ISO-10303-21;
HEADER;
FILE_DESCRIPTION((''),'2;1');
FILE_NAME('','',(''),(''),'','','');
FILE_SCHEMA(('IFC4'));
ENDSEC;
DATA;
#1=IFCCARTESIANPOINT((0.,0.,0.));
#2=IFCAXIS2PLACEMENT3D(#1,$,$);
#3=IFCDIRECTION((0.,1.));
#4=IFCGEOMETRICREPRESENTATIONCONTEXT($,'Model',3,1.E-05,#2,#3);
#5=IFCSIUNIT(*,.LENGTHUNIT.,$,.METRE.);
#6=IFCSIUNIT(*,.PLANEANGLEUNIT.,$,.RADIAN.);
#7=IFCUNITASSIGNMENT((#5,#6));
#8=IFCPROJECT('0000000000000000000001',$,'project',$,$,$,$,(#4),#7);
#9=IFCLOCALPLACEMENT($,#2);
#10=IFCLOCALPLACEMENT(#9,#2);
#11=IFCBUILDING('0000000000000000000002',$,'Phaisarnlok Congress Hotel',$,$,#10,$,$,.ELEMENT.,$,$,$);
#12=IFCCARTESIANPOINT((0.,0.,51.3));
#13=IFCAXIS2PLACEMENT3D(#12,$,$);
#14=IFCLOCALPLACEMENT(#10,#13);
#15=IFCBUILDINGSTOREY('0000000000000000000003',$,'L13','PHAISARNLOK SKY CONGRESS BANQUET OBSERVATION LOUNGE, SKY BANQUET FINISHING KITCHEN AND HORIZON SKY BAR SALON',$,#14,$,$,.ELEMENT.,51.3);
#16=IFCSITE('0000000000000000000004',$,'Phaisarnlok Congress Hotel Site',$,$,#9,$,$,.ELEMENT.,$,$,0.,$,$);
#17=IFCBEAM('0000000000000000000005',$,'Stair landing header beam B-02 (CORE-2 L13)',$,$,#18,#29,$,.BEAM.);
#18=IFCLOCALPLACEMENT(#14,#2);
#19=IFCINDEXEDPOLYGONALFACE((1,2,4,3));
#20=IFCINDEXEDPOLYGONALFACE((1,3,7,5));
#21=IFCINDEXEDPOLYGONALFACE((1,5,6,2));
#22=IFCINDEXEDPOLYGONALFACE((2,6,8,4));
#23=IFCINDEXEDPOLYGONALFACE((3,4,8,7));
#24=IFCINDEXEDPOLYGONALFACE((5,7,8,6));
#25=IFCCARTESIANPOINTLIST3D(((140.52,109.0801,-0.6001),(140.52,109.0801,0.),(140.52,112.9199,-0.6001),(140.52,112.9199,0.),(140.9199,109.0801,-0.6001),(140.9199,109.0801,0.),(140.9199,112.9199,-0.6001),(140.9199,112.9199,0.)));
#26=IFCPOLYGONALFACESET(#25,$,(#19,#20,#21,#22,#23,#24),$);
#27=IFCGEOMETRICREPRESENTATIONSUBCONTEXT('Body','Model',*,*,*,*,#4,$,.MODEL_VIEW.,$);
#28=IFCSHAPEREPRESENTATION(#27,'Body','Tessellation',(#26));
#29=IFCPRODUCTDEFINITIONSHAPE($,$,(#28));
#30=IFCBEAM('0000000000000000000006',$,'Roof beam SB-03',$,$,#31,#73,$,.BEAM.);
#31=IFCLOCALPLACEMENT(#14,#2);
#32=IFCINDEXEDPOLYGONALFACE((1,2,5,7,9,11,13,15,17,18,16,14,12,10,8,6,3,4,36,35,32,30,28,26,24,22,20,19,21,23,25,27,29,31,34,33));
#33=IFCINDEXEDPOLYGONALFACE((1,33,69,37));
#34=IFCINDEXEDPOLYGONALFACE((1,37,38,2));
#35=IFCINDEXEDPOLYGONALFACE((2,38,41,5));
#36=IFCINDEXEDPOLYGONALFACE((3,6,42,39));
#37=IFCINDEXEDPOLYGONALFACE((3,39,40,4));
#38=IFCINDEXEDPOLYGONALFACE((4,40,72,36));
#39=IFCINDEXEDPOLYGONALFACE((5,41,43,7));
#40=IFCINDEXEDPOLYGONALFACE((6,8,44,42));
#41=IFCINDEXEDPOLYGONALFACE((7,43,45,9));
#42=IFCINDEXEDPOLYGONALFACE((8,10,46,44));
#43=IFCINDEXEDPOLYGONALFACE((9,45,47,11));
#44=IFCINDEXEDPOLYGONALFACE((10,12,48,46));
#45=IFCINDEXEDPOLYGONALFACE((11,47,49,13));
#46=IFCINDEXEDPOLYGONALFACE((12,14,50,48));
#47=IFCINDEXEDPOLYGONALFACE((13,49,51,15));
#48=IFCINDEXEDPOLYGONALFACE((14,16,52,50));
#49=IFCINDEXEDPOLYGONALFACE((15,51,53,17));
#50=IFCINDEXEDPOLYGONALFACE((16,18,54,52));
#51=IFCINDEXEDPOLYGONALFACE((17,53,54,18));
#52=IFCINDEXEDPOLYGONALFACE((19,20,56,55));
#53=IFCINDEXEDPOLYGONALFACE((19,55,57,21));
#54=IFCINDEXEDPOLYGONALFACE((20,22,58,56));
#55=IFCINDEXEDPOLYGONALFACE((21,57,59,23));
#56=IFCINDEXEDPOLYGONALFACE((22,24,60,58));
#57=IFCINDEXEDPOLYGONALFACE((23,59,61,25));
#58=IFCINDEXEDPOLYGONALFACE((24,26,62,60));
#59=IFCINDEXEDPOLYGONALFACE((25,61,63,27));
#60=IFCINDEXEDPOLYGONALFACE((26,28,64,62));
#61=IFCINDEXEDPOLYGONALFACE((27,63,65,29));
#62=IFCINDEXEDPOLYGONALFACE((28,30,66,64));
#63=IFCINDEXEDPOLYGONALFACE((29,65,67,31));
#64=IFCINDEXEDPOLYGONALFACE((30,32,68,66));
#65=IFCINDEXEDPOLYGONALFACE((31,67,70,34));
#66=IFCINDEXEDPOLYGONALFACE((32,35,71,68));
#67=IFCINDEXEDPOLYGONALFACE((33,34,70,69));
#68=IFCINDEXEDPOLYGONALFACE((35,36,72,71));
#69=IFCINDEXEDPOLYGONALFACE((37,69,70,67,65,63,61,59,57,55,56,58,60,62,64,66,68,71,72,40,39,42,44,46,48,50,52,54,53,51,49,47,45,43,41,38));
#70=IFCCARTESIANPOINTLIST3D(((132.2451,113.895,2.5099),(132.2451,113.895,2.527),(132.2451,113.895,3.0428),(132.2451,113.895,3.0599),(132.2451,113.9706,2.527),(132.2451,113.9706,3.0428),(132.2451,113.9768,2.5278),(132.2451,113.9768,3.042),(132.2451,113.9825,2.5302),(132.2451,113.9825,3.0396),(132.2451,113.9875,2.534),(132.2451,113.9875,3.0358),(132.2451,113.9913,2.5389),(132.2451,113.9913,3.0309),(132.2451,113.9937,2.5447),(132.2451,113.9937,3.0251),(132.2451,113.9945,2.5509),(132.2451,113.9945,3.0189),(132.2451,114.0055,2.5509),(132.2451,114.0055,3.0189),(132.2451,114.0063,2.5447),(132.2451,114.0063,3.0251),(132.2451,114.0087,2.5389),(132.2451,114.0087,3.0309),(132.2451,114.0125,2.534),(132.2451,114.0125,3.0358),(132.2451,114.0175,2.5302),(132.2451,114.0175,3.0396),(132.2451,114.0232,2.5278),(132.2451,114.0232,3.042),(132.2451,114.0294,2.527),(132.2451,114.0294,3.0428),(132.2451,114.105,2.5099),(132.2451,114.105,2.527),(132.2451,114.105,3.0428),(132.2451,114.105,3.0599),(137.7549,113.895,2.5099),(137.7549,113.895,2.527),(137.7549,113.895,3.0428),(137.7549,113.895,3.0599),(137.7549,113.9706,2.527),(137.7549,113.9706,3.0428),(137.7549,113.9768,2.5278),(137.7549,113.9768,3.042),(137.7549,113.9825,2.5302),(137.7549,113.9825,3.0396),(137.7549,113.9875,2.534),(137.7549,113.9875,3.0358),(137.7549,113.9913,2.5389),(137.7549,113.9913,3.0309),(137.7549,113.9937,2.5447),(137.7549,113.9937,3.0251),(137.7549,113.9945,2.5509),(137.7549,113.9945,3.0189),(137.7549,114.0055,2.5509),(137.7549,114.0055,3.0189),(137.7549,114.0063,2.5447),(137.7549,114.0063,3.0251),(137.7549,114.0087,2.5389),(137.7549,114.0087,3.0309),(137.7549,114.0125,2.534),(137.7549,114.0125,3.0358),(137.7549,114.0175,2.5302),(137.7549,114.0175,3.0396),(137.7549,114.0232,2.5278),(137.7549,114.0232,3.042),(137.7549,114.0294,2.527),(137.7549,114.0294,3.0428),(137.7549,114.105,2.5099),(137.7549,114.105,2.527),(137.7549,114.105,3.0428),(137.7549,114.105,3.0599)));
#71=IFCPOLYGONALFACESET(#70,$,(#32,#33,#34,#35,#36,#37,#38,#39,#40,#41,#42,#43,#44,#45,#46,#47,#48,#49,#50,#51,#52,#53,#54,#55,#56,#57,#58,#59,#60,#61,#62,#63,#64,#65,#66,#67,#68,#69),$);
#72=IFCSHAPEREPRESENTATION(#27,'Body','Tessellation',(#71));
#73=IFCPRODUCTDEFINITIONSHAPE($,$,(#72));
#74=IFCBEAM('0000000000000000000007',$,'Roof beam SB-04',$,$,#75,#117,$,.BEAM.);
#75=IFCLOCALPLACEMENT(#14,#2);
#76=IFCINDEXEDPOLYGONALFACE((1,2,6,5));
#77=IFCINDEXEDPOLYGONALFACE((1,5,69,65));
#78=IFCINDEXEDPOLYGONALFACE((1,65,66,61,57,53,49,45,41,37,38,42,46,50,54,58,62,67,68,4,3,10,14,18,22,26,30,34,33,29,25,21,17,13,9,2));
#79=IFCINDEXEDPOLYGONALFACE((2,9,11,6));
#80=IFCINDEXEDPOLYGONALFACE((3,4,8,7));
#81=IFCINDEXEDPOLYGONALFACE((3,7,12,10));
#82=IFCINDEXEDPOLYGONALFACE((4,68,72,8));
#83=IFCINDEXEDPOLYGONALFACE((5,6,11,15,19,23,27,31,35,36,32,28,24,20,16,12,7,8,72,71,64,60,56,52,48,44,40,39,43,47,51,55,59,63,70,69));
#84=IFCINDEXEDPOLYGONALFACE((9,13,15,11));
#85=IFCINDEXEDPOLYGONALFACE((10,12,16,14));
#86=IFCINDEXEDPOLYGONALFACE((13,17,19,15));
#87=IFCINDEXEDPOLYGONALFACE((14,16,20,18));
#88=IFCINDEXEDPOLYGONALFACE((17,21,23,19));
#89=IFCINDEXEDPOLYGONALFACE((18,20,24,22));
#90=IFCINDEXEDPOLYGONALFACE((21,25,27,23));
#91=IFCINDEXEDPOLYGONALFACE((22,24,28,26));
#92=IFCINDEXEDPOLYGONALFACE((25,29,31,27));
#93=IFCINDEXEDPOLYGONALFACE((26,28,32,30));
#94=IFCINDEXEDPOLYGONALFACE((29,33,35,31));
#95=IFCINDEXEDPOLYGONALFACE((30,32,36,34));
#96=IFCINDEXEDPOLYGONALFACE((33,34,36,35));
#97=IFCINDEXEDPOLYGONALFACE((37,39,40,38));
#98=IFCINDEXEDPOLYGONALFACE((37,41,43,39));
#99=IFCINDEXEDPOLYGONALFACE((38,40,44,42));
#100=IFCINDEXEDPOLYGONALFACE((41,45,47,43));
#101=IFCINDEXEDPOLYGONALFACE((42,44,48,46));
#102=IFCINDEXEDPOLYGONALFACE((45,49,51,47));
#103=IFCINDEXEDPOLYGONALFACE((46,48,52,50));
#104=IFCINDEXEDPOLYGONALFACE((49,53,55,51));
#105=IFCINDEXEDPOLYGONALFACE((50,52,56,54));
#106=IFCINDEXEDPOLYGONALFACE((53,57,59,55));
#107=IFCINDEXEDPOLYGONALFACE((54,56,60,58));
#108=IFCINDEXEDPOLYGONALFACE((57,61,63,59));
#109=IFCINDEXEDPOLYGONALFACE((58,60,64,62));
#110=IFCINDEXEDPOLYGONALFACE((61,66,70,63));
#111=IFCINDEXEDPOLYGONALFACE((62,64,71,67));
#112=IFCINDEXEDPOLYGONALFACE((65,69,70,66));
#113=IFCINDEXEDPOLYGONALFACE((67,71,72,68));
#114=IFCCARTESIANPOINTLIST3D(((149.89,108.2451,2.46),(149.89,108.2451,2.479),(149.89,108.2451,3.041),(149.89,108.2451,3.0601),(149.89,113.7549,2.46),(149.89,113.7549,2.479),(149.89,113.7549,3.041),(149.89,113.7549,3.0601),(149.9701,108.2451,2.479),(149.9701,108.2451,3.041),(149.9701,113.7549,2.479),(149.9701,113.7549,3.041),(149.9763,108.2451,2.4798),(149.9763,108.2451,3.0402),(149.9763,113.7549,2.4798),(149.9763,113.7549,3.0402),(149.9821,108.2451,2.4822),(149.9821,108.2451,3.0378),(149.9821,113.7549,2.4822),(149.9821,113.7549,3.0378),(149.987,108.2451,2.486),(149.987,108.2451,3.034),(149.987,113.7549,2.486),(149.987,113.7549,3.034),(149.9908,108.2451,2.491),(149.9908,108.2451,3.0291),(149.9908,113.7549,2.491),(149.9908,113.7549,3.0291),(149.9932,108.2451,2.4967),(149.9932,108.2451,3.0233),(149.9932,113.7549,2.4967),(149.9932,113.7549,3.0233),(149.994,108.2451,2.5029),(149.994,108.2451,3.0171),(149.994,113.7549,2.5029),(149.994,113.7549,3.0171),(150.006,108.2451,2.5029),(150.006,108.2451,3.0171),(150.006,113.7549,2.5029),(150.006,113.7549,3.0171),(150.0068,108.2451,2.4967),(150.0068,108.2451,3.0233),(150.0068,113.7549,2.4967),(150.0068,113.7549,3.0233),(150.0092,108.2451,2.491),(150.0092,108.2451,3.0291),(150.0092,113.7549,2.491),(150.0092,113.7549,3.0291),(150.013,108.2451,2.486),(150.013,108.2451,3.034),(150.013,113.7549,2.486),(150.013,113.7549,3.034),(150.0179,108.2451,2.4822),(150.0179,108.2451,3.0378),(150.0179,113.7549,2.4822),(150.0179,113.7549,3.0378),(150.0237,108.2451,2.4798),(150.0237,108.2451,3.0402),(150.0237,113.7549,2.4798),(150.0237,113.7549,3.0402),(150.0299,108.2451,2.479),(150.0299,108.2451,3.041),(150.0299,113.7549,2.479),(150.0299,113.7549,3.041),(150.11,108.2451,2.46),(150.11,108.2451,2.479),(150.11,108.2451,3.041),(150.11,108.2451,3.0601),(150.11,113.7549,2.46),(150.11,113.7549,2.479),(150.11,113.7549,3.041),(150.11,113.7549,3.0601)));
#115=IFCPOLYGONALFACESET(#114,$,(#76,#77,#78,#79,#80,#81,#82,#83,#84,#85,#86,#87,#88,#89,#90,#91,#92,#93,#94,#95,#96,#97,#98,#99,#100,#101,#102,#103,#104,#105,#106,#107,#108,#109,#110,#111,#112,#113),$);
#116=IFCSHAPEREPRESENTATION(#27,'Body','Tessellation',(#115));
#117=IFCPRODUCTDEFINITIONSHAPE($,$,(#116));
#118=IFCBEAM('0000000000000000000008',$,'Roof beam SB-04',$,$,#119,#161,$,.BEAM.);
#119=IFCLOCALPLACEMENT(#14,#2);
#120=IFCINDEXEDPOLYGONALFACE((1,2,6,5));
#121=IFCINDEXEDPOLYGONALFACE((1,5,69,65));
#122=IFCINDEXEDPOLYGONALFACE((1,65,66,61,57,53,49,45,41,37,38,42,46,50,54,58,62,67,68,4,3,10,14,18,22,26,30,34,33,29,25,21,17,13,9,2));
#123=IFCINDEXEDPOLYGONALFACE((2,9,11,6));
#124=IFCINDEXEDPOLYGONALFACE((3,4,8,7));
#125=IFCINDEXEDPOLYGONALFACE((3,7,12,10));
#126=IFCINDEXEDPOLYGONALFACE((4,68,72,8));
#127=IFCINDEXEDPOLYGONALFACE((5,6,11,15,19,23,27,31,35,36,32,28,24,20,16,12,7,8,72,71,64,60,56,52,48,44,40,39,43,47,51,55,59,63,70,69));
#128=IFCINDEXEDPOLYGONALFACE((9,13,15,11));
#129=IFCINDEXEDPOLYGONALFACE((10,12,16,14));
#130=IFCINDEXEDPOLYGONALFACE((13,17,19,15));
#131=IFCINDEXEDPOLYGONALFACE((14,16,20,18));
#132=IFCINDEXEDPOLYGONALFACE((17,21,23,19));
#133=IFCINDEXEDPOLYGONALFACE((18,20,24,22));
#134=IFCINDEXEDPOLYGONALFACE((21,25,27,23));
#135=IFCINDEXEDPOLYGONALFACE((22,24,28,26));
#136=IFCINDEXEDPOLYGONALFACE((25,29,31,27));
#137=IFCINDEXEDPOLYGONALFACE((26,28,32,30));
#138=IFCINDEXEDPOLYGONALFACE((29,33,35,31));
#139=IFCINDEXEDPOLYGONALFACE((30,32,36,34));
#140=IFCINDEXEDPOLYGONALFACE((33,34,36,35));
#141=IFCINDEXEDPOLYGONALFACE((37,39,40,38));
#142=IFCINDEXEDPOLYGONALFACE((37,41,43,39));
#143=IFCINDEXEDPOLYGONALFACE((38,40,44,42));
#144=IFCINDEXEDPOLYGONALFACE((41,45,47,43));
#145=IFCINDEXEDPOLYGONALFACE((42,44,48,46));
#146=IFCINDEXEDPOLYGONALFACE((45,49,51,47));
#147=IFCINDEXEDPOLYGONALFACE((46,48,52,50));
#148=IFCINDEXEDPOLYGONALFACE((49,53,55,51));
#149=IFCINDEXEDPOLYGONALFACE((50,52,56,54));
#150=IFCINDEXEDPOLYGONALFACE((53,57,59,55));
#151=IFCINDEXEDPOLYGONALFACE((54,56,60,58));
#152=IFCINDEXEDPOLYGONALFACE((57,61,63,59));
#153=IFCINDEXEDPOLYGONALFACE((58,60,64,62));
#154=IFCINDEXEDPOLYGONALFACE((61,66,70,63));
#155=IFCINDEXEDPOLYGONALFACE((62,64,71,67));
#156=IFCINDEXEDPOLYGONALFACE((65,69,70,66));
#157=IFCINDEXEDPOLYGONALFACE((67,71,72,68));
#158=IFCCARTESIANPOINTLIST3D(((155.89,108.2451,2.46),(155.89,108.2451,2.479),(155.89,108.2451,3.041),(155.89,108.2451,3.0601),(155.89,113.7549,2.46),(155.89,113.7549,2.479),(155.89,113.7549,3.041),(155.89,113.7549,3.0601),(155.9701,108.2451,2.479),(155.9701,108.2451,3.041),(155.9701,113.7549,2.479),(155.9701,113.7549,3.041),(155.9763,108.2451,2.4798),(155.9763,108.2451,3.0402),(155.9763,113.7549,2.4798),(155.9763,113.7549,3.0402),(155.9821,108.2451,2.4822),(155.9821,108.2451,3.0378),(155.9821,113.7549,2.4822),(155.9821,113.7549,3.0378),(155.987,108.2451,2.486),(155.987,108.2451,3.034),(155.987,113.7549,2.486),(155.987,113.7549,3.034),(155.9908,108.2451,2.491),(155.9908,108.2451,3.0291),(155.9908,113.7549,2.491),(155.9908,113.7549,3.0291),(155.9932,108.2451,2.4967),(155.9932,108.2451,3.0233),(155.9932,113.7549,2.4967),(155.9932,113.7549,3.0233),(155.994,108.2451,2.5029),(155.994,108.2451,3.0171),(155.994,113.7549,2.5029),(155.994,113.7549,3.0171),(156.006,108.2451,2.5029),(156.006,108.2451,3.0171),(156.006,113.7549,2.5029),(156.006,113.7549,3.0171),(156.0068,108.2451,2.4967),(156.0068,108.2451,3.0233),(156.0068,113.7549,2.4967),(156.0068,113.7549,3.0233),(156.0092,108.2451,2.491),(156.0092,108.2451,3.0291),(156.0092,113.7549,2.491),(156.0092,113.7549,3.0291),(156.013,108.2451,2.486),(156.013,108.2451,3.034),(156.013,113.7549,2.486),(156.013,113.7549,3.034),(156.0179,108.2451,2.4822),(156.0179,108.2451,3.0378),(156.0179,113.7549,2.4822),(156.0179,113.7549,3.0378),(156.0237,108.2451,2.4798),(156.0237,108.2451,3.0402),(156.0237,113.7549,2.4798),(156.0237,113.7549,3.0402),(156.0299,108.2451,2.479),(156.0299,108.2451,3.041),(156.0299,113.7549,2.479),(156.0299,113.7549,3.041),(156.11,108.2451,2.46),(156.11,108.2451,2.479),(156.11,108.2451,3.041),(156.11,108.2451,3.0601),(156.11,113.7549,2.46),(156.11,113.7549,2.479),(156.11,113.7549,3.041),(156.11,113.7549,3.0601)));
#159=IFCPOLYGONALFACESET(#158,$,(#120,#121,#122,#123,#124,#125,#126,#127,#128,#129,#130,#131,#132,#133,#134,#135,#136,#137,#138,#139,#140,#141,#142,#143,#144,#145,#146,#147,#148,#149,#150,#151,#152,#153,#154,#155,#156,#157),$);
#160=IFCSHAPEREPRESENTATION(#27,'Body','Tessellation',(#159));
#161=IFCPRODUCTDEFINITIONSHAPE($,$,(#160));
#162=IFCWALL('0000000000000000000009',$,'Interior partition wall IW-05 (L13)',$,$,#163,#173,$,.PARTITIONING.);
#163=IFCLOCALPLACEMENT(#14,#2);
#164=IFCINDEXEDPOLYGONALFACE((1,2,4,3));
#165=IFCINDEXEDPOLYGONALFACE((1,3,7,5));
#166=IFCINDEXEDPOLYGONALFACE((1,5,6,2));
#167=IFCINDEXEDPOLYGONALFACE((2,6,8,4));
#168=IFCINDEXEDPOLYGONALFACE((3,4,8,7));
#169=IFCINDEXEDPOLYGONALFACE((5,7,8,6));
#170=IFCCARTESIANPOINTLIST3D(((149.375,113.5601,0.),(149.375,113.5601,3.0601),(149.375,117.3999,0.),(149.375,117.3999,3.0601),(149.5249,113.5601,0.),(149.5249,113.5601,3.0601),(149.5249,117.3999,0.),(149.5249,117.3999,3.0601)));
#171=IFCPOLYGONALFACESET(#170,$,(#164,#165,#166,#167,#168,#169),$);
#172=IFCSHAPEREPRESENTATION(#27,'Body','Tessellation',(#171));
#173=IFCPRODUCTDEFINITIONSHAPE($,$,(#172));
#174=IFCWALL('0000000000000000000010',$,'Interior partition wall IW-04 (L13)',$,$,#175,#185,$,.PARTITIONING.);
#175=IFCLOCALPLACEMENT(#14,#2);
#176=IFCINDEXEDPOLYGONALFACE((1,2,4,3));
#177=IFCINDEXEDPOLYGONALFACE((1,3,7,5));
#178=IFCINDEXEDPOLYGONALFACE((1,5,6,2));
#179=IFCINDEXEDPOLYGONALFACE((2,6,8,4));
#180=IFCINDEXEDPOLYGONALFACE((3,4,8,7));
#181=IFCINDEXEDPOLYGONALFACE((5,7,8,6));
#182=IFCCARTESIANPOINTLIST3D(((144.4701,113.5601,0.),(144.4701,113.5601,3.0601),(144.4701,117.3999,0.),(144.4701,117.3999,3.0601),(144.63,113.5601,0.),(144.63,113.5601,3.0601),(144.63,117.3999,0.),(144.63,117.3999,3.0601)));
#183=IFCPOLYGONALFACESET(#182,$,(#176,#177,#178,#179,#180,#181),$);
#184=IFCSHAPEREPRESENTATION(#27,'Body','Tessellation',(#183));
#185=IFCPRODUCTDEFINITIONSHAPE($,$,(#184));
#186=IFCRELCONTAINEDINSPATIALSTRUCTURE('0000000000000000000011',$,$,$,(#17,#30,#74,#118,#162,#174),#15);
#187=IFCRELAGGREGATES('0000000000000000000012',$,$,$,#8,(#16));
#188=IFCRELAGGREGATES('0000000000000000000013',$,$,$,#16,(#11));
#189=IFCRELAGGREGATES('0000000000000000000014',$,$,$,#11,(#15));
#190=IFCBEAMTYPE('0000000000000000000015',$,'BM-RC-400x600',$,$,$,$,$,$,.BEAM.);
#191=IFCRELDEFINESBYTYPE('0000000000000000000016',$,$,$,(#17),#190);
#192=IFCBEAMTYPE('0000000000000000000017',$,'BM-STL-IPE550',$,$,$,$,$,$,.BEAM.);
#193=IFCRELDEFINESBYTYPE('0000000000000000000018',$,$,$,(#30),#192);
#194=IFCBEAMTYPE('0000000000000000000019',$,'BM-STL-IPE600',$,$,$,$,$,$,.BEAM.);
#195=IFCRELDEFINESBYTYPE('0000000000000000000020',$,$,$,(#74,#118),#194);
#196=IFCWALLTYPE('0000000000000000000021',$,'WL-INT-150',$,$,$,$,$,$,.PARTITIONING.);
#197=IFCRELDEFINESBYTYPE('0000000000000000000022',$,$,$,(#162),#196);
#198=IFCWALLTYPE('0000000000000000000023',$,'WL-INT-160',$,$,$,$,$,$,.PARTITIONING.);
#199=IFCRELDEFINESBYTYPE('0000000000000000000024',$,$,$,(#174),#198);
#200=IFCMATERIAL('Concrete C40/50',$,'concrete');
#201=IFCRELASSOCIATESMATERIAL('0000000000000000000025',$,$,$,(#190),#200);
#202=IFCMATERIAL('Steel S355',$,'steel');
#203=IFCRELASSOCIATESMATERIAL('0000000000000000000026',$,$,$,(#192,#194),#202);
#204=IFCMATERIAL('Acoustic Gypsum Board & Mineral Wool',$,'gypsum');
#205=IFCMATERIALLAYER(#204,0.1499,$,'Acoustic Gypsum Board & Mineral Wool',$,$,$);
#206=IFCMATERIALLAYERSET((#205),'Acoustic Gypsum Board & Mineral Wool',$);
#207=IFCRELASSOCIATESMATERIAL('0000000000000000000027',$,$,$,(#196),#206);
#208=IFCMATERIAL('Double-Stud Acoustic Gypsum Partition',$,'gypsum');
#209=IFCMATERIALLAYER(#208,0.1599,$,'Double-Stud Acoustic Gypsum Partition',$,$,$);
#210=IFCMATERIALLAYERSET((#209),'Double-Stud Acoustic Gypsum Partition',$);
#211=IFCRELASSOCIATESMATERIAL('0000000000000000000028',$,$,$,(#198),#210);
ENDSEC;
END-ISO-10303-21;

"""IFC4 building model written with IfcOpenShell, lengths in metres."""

from ifc_helpers import new_model, si_unit, direction, frame, frame_2d, origin, origin_2d, place, context, subcontext, project, spatial, rectangle, i_section, extrude, material, layer, layer_set, material_profile, profile_set, type_object, element, save


model = new_model("IFC4")

# Units and contexts
model_context = context("Model", 3, precision=1e-05, world=origin(), true_north=direction((0.0, 1.0)))
body_context = subcontext(model_context, "Body", "Model", "MODEL_VIEW")
ifc_project = project(units=[si_unit("LENGTHUNIT", "METRE"), si_unit("PLANEANGLEUNIT", "RADIAN")], contexts=[model_context])

# Site, building, storey
site_placement = place(None, origin())
site = spatial("IfcSite", under=ifc_project, at=site_placement, Name="Phaisarnlok Congress Hotel Site", CompositionType="ELEMENT", RefElevation=0.0)
building_placement = place(site_placement, origin())
building = spatial("IfcBuilding", under=site, at=building_placement, Name="Phaisarnlok Congress Hotel", CompositionType="ELEMENT")
storey_placement = place(building_placement, frame((0.0, 0.0, 51.3)))
storey = spatial("IfcBuildingStorey", under=building, at=storey_placement, Name="L13", Description="PHAISARNLOK SKY CONGRESS BANQUET OBSERVATION LOUNGE, SKY BANQUET FINISHING KITCHEN AND HORIZON SKY BAR SALON", CompositionType="ELEMENT", Elevation=51.3)

# Beams
ifc_material_1 = material(Name="Concrete C40/50", Category="concrete")
ifc_material_profile_1 = material_profile(ifc_material_1, rectangle(XDim=0.3999, YDim=0.6001, at=origin_2d()), Name="RC 400x600")
ifc_profile_set_1 = profile_set([ifc_material_profile_1], Name="Concrete C40/50")
beam_type_1 = type_object("IfcBeamType", Name="BM-RC-400x600", PredefinedType="BEAM", material=ifc_profile_set_1)
beam_1_placement = place(storey_placement, frame((140.72, 109.0801, -0.3), z_axis=(0.0, 1.0, 0.0), x_axis=(-1.0, 0.0, 0.0)))
element("IfcBeam", 1, at=beam_1_placement, inside=storey, type_object=beam_type_1, Name="Stair landing header beam B-02 (CORE-2 L13)", PredefinedType="BEAM", context=body_context, shape_type="SweptSolid", body=[
    extrude(rectangle(XDim=0.3999, YDim=0.6001, at=origin_2d()), origin(), (0.0, 0.0, 1.0), 3.8398),
])
ifc_material_2 = material(Name="Steel S355", Category="steel")
ifc_material_profile_2 = material_profile(ifc_material_2, i_section(OverallWidth=0.21, OverallDepth=0.55, WebThickness=0.011, FlangeThickness=0.0171, FilletRadius=0.0239, at=origin_2d()), Name="IPE 550")
ifc_profile_set_2 = profile_set([ifc_material_profile_2], Name="Steel S355")
beam_type_2 = type_object("IfcBeamType", Name="BM-STL-IPE550", PredefinedType="BEAM", material=ifc_profile_set_2)
beam_2_placement = place(storey_placement, frame((132.2451, 114.0, 2.7849), z_axis=(1.0, 0.0, 0.0), x_axis=(0.0, 1.0, 0.0)))
element("IfcBeam", 2, at=beam_2_placement, inside=storey, type_object=beam_type_2, Name="Roof beam SB-03", PredefinedType="BEAM", context=body_context, shape_type="SweptSolid", body=[
    extrude(i_section(OverallWidth=0.21, OverallDepth=0.55, WebThickness=0.011, FlangeThickness=0.0171, FilletRadius=0.0239, at=origin_2d()), origin(), (0.0, 0.0, 1.0), 5.5098),
])
ifc_material_profile_3 = material_profile(ifc_material_2, i_section(OverallWidth=0.22, OverallDepth=0.6001, WebThickness=0.012, FlangeThickness=0.019, FilletRadius=0.0239, at=origin_2d()), Name="IPE 600")
ifc_profile_set_3 = profile_set([ifc_material_profile_3], Name="Steel S355")
beam_type_3 = type_object("IfcBeamType", Name="BM-STL-IPE600", PredefinedType="BEAM", material=ifc_profile_set_3)
for number, where, z_axis, x_axis, name in (
    (3, (150.0, 108.2451, 2.76), (0.0, 1.0, 0.0), (-1.0, 0.0, 0.0), "Roof beam SB-04"),
    (4, (156.0, 108.2451, 2.76), (0.0, 1.0, 0.0), (-1.0, 0.0, 0.0), "Roof beam SB-04"),
):
    element("IfcBeam", number, at=place(storey_placement, frame(where, z_axis=z_axis, x_axis=x_axis)), inside=storey, type_object=beam_type_3, Name=name, PredefinedType="BEAM", context=body_context, shape_type="SweptSolid", body=[
        extrude(i_section(OverallWidth=0.22, OverallDepth=0.6001, WebThickness=0.012, FlangeThickness=0.019, FilletRadius=0.0239, at=origin_2d()), origin(), (0.0, 0.0, 1.0), 5.5098),
    ])

# Walls
ifc_material_3 = material(Name="Acoustic Gypsum Board & Mineral Wool", Category="gypsum")
ifc_layer_1 = layer(ifc_material_3, 0.1499, Name="Acoustic Gypsum Board & Mineral Wool")
ifc_layer_set_1 = layer_set([ifc_layer_1], Name="Acoustic Gypsum Board & Mineral Wool")
wall_type_1 = type_object("IfcWallType", Name="WL-INT-150", PredefinedType="PARTITIONING", material=ifc_layer_set_1)
wall_1_placement = place(storey_placement, frame((149.45, 113.5601, 0.0), z_axis=(0.0, 0.0, 1.0), x_axis=(0.0, 1.0, 0.0)))
element("IfcWall", 5, at=wall_1_placement, inside=storey, type_object=wall_type_1, Name="Interior partition wall IW-05 (L13)", PredefinedType="PARTITIONING", context=body_context, shape_type="SweptSolid", body=[
    extrude(rectangle(XDim=3.8398, YDim=0.1499, at=frame_2d((1.9199, 0.0))), origin(), (0.0, 0.0, 1.0), 3.0601),
])
ifc_material_4 = material(Name="Double-Stud Acoustic Gypsum Partition", Category="gypsum")
ifc_layer_2 = layer(ifc_material_4, 0.1599, Name="Double-Stud Acoustic Gypsum Partition")
ifc_layer_set_2 = layer_set([ifc_layer_2], Name="Double-Stud Acoustic Gypsum Partition")
wall_type_2 = type_object("IfcWallType", Name="WL-INT-160", PredefinedType="PARTITIONING", material=ifc_layer_set_2)
wall_2_placement = place(storey_placement, frame((144.55, 113.5601, 0.0), z_axis=(0.0, 0.0, 1.0), x_axis=(0.0, 1.0, 0.0)))
element("IfcWall", 6, at=wall_2_placement, inside=storey, type_object=wall_type_2, Name="Interior partition wall IW-04 (L13)", PredefinedType="PARTITIONING", context=body_context, shape_type="SweptSolid", body=[
    extrude(rectangle(XDim=3.8398, YDim=0.1599, at=frame_2d((1.9199, 0.0))), origin(), (0.0, 0.0, 1.0), 3.0601),
])

save(model, "model.ifc")
